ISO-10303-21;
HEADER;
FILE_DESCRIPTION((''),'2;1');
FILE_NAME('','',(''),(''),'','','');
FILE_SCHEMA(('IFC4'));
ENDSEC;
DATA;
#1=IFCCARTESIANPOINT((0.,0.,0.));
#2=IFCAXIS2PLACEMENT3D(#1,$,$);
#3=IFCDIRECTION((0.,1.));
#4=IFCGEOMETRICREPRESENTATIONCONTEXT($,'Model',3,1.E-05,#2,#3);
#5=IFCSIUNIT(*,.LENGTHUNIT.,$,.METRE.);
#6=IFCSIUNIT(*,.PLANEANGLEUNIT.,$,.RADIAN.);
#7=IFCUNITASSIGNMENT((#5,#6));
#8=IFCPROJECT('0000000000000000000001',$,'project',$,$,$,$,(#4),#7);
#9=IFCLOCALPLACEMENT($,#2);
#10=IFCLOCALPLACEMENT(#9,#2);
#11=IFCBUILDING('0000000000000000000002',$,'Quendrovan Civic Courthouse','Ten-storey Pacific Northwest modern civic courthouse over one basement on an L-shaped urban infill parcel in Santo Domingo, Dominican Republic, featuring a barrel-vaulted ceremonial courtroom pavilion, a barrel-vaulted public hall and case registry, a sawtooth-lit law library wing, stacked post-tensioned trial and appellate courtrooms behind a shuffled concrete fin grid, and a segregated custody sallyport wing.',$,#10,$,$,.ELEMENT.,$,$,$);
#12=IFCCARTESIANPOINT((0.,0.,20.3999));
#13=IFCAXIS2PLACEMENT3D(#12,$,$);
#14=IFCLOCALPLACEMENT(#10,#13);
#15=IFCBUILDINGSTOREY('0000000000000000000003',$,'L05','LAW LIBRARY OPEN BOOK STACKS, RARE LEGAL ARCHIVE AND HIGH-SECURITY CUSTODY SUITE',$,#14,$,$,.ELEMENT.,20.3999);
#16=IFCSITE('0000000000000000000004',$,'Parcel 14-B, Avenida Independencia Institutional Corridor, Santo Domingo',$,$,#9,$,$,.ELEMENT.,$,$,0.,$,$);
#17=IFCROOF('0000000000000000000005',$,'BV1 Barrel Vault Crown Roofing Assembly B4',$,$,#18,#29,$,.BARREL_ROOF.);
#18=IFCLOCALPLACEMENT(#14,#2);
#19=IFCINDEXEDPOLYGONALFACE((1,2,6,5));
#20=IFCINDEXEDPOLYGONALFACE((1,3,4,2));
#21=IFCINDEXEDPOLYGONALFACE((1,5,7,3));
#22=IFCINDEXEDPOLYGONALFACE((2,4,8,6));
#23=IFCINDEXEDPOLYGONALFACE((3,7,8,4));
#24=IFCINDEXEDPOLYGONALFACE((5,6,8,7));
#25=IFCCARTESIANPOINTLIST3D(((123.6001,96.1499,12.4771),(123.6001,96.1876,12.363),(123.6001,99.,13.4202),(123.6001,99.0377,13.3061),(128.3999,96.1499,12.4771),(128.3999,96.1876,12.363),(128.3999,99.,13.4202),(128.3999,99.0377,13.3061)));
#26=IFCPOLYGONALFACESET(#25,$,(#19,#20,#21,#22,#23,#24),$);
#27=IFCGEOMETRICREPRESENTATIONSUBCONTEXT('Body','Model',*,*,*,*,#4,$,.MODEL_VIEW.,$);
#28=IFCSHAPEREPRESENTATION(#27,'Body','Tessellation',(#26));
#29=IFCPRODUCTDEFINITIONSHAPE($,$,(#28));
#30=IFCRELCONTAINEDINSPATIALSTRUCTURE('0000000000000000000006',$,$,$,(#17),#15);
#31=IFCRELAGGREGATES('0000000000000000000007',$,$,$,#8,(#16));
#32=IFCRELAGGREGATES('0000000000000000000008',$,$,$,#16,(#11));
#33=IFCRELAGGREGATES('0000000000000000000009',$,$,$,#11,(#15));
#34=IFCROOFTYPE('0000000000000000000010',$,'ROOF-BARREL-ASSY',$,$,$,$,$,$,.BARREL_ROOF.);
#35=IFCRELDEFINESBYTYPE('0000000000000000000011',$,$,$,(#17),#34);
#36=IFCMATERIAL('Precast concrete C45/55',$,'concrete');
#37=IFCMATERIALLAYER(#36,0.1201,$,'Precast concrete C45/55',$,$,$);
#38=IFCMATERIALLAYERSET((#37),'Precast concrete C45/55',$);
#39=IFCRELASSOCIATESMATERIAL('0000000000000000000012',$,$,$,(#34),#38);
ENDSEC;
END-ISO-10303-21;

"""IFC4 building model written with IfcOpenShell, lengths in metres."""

from ifc_helpers import new_model, si_unit, direction, frame, origin, place, context, subcontext, project, spatial, polyline, outline, extrude, material, layer, layer_set, type_object, element, save


model = new_model("IFC4")

# Units and contexts
model_context = context("Model", 3, precision=1e-05, world=origin(), true_north=direction((0.0, 1.0)))
body_context = subcontext(model_context, "Body", "Model", "MODEL_VIEW")
ifc_project = project(units=[si_unit("LENGTHUNIT", "METRE"), si_unit("PLANEANGLEUNIT", "RADIAN")], contexts=[model_context])

# Site, building, storey
site_placement = place(None, origin())
site = spatial("IfcSite", under=ifc_project, at=site_placement, Name="Parcel 14-B, Avenida Independencia Institutional Corridor, Santo Domingo", CompositionType="ELEMENT", RefElevation=0.0)
building_placement = place(site_placement, origin())
building = spatial("IfcBuilding", under=site, at=building_placement, Name="Quendrovan Civic Courthouse", Description="Ten-storey Pacific Northwest modern civic courthouse over one basement on an L-shaped urban infill parcel in Santo Domingo, Dominican Republic, featuring a barrel-vaulted ceremonial courtroom pavilion, a barrel-vaulted public hall and case registry, a sawtooth-lit law library wing, stacked post-tensioned trial and appellate courtrooms behind a shuffled concrete fin grid, and a segregated custody sallyport wing.", CompositionType="ELEMENT")
storey_placement = place(building_placement, frame((0.0, 0.0, 20.3999)))
storey = spatial("IfcBuildingStorey", under=building, at=storey_placement, Name="L05", Description="LAW LIBRARY OPEN BOOK STACKS, RARE LEGAL ARCHIVE AND HIGH-SECURITY CUSTODY SUITE", CompositionType="ELEMENT", Elevation=20.3999)

# Roof
ifc_material_1 = material(Name="Precast concrete C45/55", Category="concrete")
ifc_layer_1 = layer(ifc_material_1, 0.1201, Name="Precast concrete C45/55")
ifc_layer_set_1 = layer_set([ifc_layer_1], Name="Precast concrete C45/55")
roof_type = type_object("IfcRoofType", Name="ROOF-BARREL-ASSY", PredefinedType="BARREL_ROOF", material=ifc_layer_set_1)
roof_1_placement = place(storey_placement, frame((123.6001, 96.1499, 12.4771), z_axis=(0.0, -0.314153, 0.949372), x_axis=(1.0, 0.0, 0.0)))
element("IfcRoof", 1, at=roof_1_placement, inside=storey, type_object=roof_type, Name="BV1 Barrel Vault Crown Roofing Assembly B4", PredefinedType="BARREL_ROOF", context=body_context, shape_type="SweptSolid", body=[
    extrude(outline(polyline([(0.0, 0.0), (4.7998, 0.0), (4.7998, 3.0021), (0.0, 3.0021), (0.0, 0.0)])), origin(), (0.0, 0.0, -1.0), 0.1201),
])

save(model, "model.ifc")
